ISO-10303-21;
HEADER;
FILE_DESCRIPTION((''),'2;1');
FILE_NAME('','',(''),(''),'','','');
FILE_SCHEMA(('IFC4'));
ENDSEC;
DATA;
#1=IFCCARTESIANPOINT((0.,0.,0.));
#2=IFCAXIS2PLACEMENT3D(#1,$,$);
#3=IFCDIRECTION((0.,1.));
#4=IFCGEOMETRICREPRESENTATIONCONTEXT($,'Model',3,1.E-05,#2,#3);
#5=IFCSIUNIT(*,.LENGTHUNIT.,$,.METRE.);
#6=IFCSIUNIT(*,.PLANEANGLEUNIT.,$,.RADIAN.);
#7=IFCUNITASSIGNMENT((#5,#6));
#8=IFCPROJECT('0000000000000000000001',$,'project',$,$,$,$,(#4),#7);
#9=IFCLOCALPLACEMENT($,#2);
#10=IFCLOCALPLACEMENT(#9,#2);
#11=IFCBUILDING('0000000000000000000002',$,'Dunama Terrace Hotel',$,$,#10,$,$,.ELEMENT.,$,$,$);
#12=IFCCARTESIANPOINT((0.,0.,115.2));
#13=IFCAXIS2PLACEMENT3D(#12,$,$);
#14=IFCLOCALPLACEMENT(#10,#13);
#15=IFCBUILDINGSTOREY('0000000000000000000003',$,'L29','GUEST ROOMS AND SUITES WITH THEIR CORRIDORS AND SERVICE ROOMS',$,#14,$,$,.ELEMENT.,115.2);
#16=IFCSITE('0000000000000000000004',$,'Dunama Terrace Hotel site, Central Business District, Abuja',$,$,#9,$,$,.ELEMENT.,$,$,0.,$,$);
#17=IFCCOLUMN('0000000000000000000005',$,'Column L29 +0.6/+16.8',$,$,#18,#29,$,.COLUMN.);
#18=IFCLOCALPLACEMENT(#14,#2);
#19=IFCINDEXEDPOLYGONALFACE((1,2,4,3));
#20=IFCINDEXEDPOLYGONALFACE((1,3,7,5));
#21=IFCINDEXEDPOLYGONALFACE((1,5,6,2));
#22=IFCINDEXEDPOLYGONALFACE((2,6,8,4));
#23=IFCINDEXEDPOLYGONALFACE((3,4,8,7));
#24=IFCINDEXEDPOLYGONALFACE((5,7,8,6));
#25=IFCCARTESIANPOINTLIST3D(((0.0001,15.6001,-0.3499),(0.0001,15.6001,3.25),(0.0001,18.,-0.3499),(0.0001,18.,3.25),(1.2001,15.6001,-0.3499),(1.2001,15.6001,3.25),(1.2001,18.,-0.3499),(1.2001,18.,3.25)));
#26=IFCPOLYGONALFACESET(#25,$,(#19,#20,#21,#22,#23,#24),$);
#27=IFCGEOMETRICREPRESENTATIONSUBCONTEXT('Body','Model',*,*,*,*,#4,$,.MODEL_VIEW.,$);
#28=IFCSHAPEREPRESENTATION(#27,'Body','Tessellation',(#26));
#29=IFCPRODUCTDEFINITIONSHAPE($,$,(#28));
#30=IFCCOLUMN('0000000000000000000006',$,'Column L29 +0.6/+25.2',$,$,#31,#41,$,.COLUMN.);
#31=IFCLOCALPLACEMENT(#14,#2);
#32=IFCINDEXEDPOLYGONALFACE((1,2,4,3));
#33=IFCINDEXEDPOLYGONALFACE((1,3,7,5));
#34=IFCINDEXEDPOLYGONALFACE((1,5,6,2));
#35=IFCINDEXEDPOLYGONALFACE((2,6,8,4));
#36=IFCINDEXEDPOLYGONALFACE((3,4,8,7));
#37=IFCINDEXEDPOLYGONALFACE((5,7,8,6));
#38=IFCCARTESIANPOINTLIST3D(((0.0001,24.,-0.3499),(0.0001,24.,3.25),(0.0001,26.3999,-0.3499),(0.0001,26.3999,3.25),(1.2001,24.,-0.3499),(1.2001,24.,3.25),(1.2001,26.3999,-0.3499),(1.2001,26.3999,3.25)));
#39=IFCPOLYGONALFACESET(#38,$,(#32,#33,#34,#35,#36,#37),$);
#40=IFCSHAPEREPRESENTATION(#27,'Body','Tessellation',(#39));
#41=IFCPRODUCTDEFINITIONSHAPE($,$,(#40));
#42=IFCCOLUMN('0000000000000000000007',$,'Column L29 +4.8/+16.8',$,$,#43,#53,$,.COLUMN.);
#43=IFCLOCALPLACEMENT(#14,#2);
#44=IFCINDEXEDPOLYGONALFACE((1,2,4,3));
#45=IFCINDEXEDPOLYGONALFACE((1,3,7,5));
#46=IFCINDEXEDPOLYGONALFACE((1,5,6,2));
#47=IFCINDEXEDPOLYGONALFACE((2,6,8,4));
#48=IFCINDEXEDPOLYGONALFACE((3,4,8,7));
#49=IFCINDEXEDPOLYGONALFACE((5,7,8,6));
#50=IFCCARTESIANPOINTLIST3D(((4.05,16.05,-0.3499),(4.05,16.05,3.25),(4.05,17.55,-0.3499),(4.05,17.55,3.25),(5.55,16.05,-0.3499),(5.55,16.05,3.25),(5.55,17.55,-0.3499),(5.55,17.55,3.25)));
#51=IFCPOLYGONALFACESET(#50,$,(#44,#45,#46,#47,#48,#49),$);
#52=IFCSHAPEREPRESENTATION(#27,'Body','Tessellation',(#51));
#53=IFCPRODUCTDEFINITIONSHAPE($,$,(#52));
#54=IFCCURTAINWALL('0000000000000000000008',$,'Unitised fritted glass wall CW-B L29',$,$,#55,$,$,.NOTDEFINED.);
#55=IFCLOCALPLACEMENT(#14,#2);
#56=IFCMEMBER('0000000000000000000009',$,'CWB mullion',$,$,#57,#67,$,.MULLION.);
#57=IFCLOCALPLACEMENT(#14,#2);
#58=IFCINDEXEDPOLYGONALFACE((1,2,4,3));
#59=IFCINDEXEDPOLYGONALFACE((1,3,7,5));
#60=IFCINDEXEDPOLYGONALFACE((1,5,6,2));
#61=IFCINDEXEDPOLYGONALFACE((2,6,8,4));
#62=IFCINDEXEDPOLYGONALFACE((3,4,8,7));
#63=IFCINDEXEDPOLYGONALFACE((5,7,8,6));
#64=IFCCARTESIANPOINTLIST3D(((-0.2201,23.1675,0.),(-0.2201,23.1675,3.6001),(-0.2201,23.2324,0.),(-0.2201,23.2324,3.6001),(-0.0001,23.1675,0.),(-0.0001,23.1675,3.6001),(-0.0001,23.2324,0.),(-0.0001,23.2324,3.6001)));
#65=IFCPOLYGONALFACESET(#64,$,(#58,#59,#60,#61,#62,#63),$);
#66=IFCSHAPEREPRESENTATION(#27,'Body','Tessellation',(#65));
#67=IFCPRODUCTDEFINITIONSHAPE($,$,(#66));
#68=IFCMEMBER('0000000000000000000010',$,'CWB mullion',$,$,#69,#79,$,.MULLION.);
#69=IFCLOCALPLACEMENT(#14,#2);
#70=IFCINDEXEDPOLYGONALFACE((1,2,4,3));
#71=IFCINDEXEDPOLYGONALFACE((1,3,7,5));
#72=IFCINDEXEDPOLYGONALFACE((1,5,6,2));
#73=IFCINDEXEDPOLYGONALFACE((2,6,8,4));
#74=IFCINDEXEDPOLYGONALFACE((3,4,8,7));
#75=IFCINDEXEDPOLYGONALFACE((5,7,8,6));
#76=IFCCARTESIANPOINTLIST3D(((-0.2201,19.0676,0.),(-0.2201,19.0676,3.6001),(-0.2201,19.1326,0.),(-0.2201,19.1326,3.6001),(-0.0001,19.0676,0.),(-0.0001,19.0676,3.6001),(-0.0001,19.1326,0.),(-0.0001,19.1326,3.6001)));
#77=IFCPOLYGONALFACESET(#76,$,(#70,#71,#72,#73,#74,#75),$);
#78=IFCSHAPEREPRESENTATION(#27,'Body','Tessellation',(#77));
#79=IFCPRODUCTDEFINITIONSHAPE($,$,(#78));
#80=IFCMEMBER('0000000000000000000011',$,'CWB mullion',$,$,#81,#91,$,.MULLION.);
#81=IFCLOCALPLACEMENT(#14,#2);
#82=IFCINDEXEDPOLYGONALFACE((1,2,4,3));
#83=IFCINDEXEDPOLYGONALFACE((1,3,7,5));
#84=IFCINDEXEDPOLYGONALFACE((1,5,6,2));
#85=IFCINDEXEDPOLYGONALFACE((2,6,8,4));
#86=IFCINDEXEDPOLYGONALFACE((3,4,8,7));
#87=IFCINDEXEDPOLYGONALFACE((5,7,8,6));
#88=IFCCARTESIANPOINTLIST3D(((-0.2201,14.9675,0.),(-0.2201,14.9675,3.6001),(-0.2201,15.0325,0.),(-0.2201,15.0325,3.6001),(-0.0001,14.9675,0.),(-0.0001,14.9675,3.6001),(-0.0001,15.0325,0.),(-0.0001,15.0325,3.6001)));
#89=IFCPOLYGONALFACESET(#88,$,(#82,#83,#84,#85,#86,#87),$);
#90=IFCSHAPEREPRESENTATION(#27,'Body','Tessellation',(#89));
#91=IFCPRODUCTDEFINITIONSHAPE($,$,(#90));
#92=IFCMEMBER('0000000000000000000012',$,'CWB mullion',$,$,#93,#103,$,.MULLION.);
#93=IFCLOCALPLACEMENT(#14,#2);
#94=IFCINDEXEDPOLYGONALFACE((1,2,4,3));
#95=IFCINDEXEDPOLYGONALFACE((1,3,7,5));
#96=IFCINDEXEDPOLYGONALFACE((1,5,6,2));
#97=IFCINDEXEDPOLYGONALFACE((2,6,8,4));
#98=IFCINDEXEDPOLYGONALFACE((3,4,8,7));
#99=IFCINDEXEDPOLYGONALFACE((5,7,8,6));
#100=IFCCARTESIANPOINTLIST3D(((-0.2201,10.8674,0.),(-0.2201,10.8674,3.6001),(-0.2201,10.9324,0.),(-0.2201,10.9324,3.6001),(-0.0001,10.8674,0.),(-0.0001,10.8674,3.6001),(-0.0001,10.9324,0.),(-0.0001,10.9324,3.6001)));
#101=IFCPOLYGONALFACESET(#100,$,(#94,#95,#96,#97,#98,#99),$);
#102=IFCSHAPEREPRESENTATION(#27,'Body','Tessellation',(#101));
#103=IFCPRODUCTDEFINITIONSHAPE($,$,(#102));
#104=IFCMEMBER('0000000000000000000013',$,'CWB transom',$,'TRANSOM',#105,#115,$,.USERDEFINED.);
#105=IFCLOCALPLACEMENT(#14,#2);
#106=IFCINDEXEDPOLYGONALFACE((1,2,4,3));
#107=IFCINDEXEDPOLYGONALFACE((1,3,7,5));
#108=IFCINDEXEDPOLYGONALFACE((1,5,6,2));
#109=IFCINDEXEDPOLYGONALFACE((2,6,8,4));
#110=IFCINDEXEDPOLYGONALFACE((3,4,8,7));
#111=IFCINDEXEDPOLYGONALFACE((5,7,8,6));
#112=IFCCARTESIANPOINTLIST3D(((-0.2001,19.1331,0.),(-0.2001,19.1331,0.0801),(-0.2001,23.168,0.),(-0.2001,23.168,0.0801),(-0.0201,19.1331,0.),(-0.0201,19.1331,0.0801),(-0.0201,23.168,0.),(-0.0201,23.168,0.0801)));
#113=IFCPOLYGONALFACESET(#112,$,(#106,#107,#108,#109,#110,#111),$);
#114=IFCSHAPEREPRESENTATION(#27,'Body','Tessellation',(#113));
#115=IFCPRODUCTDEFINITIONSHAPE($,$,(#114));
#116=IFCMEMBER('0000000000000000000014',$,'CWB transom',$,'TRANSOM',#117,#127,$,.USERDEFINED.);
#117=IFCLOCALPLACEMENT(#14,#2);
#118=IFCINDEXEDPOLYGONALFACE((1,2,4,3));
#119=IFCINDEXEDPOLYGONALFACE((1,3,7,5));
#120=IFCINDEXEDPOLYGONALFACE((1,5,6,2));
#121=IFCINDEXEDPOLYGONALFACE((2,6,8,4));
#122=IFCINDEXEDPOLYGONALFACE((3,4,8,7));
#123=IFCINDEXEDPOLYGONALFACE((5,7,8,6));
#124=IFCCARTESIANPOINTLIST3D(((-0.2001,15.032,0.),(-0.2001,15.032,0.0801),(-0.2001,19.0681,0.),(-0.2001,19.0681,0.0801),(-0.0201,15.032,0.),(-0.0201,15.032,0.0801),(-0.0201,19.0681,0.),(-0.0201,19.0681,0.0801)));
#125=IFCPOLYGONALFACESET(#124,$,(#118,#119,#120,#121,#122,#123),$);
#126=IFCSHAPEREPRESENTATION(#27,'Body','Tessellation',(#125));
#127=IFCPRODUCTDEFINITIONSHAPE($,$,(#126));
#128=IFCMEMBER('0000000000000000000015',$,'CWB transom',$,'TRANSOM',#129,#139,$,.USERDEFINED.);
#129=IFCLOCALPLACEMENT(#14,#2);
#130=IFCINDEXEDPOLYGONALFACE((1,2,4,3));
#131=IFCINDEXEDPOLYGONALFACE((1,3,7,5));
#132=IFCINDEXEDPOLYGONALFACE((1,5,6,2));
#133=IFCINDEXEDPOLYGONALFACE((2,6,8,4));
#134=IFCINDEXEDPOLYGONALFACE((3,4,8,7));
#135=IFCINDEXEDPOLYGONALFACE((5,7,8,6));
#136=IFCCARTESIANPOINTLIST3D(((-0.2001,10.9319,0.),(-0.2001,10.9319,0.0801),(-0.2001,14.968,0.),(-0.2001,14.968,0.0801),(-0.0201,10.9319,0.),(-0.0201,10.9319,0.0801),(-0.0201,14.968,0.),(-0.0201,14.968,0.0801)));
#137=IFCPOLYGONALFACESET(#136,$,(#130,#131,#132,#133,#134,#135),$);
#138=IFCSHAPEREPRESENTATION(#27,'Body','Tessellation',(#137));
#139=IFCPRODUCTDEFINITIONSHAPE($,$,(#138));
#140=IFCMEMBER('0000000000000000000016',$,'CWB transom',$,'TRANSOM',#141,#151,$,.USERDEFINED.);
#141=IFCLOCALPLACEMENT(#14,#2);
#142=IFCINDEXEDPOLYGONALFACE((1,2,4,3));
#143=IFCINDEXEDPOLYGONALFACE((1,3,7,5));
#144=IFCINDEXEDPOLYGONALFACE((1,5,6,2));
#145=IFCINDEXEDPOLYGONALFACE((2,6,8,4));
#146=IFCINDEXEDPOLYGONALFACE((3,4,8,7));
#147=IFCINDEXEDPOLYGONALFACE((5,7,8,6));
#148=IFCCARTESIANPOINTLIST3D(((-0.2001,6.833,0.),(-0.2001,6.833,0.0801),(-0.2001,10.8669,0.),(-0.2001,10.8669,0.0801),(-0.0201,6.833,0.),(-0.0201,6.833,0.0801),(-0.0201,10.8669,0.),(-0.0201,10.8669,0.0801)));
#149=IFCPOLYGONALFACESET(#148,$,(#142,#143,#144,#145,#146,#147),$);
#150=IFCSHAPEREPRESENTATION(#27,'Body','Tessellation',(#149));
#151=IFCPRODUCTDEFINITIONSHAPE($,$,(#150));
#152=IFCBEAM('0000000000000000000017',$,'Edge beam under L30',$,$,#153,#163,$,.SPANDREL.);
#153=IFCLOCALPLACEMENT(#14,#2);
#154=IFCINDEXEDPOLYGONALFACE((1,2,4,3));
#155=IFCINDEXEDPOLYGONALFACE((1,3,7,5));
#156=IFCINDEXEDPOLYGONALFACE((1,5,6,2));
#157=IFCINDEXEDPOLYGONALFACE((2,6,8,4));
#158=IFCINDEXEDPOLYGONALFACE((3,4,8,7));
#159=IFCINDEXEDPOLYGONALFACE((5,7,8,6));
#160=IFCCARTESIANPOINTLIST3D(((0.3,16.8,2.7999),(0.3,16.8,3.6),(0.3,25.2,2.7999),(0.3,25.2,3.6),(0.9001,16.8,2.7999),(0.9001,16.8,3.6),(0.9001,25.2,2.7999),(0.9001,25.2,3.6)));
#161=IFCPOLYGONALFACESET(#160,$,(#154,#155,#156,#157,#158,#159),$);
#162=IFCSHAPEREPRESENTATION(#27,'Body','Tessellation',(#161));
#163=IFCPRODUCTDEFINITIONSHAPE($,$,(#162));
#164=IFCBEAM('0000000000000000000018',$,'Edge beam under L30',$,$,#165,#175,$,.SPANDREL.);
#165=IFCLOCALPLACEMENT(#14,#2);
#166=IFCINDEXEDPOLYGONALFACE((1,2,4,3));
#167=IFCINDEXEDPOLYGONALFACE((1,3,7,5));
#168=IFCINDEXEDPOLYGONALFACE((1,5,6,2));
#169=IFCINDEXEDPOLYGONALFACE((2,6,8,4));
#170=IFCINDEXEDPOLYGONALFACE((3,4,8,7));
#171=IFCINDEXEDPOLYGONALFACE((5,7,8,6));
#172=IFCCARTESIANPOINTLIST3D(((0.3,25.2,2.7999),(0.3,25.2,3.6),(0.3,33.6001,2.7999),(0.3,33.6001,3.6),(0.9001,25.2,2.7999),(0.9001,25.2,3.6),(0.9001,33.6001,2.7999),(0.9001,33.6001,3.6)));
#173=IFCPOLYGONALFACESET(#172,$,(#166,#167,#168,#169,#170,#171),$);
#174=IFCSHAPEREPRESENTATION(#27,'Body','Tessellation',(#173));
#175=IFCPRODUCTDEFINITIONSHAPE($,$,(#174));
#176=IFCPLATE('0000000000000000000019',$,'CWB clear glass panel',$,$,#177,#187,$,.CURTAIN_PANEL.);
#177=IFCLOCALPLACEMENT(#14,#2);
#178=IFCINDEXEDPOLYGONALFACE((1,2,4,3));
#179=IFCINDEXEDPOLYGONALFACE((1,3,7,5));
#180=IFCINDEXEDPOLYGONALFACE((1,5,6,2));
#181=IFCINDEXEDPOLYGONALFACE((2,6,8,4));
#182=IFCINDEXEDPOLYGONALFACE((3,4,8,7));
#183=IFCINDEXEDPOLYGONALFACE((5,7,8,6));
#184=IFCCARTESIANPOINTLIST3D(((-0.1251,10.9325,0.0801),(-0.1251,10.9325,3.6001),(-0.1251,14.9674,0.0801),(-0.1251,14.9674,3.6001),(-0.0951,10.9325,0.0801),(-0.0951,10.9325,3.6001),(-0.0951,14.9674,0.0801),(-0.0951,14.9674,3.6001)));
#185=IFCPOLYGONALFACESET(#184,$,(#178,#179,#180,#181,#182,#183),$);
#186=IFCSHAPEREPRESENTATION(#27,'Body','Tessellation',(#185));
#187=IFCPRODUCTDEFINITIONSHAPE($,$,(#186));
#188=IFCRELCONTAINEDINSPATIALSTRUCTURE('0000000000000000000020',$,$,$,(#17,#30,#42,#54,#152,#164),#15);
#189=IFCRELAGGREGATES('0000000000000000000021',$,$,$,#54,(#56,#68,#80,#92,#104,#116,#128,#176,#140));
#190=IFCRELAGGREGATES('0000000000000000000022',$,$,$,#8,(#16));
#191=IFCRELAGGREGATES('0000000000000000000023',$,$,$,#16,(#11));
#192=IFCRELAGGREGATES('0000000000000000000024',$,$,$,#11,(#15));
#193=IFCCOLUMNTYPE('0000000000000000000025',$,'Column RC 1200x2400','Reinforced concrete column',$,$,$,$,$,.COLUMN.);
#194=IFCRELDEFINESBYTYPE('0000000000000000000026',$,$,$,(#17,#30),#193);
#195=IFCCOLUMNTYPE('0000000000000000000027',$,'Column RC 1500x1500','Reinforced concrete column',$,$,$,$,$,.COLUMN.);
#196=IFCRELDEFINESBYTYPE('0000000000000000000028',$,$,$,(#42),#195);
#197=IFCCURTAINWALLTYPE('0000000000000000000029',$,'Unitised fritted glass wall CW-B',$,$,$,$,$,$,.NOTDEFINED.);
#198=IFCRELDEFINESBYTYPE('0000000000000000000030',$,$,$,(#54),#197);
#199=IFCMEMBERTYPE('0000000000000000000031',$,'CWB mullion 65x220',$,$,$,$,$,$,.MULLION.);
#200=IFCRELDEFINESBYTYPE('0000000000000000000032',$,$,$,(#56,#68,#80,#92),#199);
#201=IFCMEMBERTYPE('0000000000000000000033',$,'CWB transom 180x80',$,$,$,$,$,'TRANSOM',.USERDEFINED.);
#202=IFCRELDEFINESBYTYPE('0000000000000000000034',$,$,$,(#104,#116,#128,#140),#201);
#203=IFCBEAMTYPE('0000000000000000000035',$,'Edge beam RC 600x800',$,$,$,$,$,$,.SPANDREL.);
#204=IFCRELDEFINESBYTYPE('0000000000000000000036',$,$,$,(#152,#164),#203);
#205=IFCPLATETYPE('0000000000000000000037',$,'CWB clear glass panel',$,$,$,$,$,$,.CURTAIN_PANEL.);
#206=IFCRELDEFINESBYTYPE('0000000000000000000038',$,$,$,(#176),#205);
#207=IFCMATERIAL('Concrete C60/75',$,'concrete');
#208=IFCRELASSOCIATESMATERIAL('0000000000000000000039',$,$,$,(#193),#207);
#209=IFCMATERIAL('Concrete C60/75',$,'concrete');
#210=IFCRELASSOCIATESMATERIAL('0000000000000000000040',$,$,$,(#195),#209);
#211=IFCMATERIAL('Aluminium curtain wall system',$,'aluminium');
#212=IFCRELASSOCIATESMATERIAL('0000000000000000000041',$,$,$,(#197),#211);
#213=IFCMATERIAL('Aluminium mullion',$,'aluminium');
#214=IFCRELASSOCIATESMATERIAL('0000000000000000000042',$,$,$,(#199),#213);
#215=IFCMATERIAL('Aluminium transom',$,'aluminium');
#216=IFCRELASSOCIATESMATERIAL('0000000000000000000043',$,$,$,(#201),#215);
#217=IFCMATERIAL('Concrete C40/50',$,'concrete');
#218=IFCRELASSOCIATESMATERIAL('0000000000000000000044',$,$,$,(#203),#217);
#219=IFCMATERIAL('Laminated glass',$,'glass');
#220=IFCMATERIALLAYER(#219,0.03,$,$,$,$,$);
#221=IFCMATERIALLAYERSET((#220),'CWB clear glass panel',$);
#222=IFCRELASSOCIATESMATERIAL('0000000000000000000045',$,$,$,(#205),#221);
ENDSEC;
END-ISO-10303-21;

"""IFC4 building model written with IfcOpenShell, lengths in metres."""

from ifc_helpers import new_model, si_unit, direction, frame, origin, origin_2d, place, context, subcontext, project, spatial, rectangle, extrude, material, layer, layer_set, material_profile, profile_set, type_object, element, aggregate, save


model = new_model("IFC4")

# Units and contexts
model_context = context("Model", 3, precision=1e-05, world=origin(), true_north=direction((0.0, 1.0)))
body_context = subcontext(model_context, "Body", "Model", "MODEL_VIEW")
ifc_project = project(units=[si_unit("LENGTHUNIT", "METRE"), si_unit("PLANEANGLEUNIT", "RADIAN")], contexts=[model_context])

# Site, building, storey
site_placement = place(None, origin())
site = spatial("IfcSite", under=ifc_project, at=site_placement, Name="Dunama Terrace Hotel site, Central Business District, Abuja", CompositionType="ELEMENT", RefElevation=0.0)
building_placement = place(site_placement, origin())
building = spatial("IfcBuilding", under=site, at=building_placement, Name="Dunama Terrace Hotel", CompositionType="ELEMENT")
storey_placement = place(building_placement, frame((0.0, 0.0, 115.2)))
storey = spatial("IfcBuildingStorey", under=building, at=storey_placement, Name="L29", Description="GUEST ROOMS AND SUITES WITH THEIR CORRIDORS AND SERVICE ROOMS", CompositionType="ELEMENT", Elevation=115.2)

# Columns
ifc_material_1 = material(Name="Concrete C60/75", Category="concrete")
ifc_material_profile_1 = material_profile(ifc_material_1, rectangle(XDim=1.2, YDim=2.3999, at=origin_2d()), Name="RC 1200x2400")
ifc_profile_set_1 = profile_set([ifc_material_profile_1], Name="Concrete C60/75")
column_type_1 = type_object("IfcColumnType", Name="Column RC 1200x2400", Description="Reinforced concrete column", PredefinedType="COLUMN", material=ifc_profile_set_1)
for number, where, z_axis, x_axis, name in (
    (1, (0.6001, 16.8, -0.3499), (0.0, 0.0, 1.0), (1.0, 0.0, 0.0), "Column L29 +0.6/+16.8"),
    (2, (0.6001, 25.2, -0.3499), (0.0, 0.0, 1.0), (1.0, 0.0, 0.0), "Column L29 +0.6/+25.2"),
):
    element("IfcColumn", number, at=place(storey_placement, frame(where, z_axis=z_axis, x_axis=x_axis)), inside=storey, type_object=column_type_1, Name=name, PredefinedType="COLUMN", context=body_context, shape_type="SweptSolid", body=[
        extrude(rectangle(XDim=1.2, YDim=2.3999, at=origin_2d()), origin(), (0.0, 0.0, 1.0), 3.5999),
    ])
ifc_material_2 = material(Name="Concrete C60/75", Category="concrete")
ifc_material_profile_2 = material_profile(ifc_material_2, rectangle(XDim=1.5, YDim=1.5, at=origin_2d()), Name="RC 1500x1500")
ifc_profile_set_2 = profile_set([ifc_material_profile_2], Name="Concrete C60/75")
column_type_2 = type_object("IfcColumnType", Name="Column RC 1500x1500", Description="Reinforced concrete column", PredefinedType="COLUMN", material=ifc_profile_set_2)
column_placement = place(storey_placement, frame((4.8, 16.8, -0.3499), z_axis=(0.0, 0.0, 1.0), x_axis=(1.0, 0.0, 0.0)))
element("IfcColumn", 3, at=column_placement, inside=storey, type_object=column_type_2, Name="Column L29 +4.8/+16.8", PredefinedType="COLUMN", context=body_context, shape_type="SweptSolid", body=[
    extrude(rectangle(XDim=1.5, YDim=1.5, at=origin_2d()), origin(), (0.0, 0.0, 1.0), 3.5999),
])

# Curtain wall, members
ifc_material_3 = material(Name="Aluminium curtain wall system", Category="aluminium")
curtain_wall_type = type_object("IfcCurtainWallType", Name="Unitised fritted glass wall CW-B", PredefinedType="NOTDEFINED", material=ifc_material_3)
curtain_wall_placement = place(storey_placement, origin())
curtain_wall = element("IfcCurtainWall", 4, at=curtain_wall_placement, inside=storey, type_object=curtain_wall_type, Name="Unitised fritted glass wall CW-B L29", PredefinedType="NOTDEFINED")
ifc_material_4 = material(Name="Aluminium mullion", Category="aluminium")
ifc_material_profile_3 = material_profile(ifc_material_4, rectangle(XDim=0.0649, YDim=0.22, at=origin_2d()), Name="CWB MULLION 65X220")
ifc_profile_set_3 = profile_set([ifc_material_profile_3], Name="Aluminium mullion")
member_type_1 = type_object("IfcMemberType", Name="CWB mullion 65x220", PredefinedType="MULLION", material=ifc_profile_set_3)
member_1_placement = place(storey_placement, frame((-0.1101, 23.2, 0.0), z_axis=(0.0, 0.0, 1.0), x_axis=(0.0, -1.0, 0.0)))
member_1 = element("IfcMember", 5, at=member_1_placement, type_object=member_type_1, Name="CWB mullion", PredefinedType="MULLION", context=body_context, shape_type="SweptSolid", body=[
    extrude(rectangle(XDim=0.0649, YDim=0.22, at=origin_2d()), origin(), (0.0, 0.0, 1.0), 3.6001),
])
member_2_placement = place(storey_placement, frame((-0.1101, 19.1001, 0.0), z_axis=(0.0, 0.0, 1.0), x_axis=(0.0, -1.0, 0.0)))
member_2 = element("IfcMember", 6, at=member_2_placement, type_object=member_type_1, Name="CWB mullion", PredefinedType="MULLION", context=body_context, shape_type="SweptSolid", body=[
    extrude(rectangle(XDim=0.0649, YDim=0.22, at=origin_2d()), origin(), (0.0, 0.0, 1.0), 3.6001),
])
member_3_placement = place(storey_placement, frame((-0.1101, 15.0, 0.0), z_axis=(0.0, 0.0, 1.0), x_axis=(0.0, -1.0, 0.0)))
member_3 = element("IfcMember", 7, at=member_3_placement, type_object=member_type_1, Name="CWB mullion", PredefinedType="MULLION", context=body_context, shape_type="SweptSolid", body=[
    extrude(rectangle(XDim=0.0649, YDim=0.22, at=origin_2d()), origin(), (0.0, 0.0, 1.0), 3.6001),
])
member_4_placement = place(storey_placement, frame((-0.1101, 10.8999, 0.0), z_axis=(0.0, 0.0, 1.0), x_axis=(0.0, -1.0, 0.0)))
member_4 = element("IfcMember", 8, at=member_4_placement, type_object=member_type_1, Name="CWB mullion", PredefinedType="MULLION", context=body_context, shape_type="SweptSolid", body=[
    extrude(rectangle(XDim=0.0649, YDim=0.22, at=origin_2d()), origin(), (0.0, 0.0, 1.0), 3.6001),
])
ifc_material_5 = material(Name="Aluminium transom", Category="aluminium")
ifc_material_profile_4 = material_profile(ifc_material_5, rectangle(XDim=0.1799, YDim=0.0801, at=origin_2d()), Name="CWB TRANSOM 180X80")
ifc_profile_set_4 = profile_set([ifc_material_profile_4], Name="Aluminium transom")
member_type_2 = type_object("IfcMemberType", Name="CWB transom 180x80", ElementType="TRANSOM", PredefinedType="USERDEFINED", material=ifc_profile_set_4)
member_5_placement = place(storey_placement, frame((-0.1101, 23.168, 0.04), z_axis=(0.0, -1.0, 0.0), x_axis=(1.0, 0.0, 0.0)))
member_5 = element("IfcMember", 9, at=member_5_placement, type_object=member_type_2, Name="CWB transom", ObjectType="TRANSOM", PredefinedType="USERDEFINED", context=body_context, shape_type="SweptSolid", body=[
    extrude(rectangle(XDim=0.1799, YDim=0.0801, at=origin_2d()), origin(), (0.0, 0.0, 1.0), 4.0349),
])
member_6_placement = place(storey_placement, frame((-0.1101, 19.0681, 0.04), z_axis=(0.0, -1.0, 0.0), x_axis=(1.0, 0.0, 0.0)))
member_6 = element("IfcMember", 10, at=member_6_placement, type_object=member_type_2, Name="CWB transom", ObjectType="TRANSOM", PredefinedType="USERDEFINED", context=body_context, shape_type="SweptSolid", body=[
    extrude(rectangle(XDim=0.1799, YDim=0.0801, at=origin_2d()), origin(), (0.0, 0.0, 1.0), 4.0361),
])
member_7_placement = place(storey_placement, frame((-0.1101, 14.968, 0.04), z_axis=(0.0, -1.0, 0.0), x_axis=(1.0, 0.0, 0.0)))
member_7 = element("IfcMember", 11, at=member_7_placement, type_object=member_type_2, Name="CWB transom", ObjectType="TRANSOM", PredefinedType="USERDEFINED", context=body_context, shape_type="SweptSolid", body=[
    extrude(rectangle(XDim=0.1799, YDim=0.0801, at=origin_2d()), origin(), (0.0, 0.0, 1.0), 4.0361),
])
member_8_placement = place(storey_placement, frame((-0.1101, 10.8669, 0.04), z_axis=(0.0, -1.0, 0.0), x_axis=(1.0, 0.0, 0.0)))
member_8 = element("IfcMember", 12, at=member_8_placement, type_object=member_type_2, Name="CWB transom", ObjectType="TRANSOM", PredefinedType="USERDEFINED", context=body_context, shape_type="SweptSolid", body=[
    extrude(rectangle(XDim=0.1799, YDim=0.0801, at=origin_2d()), origin(), (0.0, 0.0, 1.0), 4.0339),
])

# Beams
ifc_material_6 = material(Name="Concrete C40/50", Category="concrete")
ifc_material_profile_5 = material_profile(ifc_material_6, rectangle(XDim=0.6001, YDim=0.8, at=origin_2d()), Name="RC 600x800")
ifc_profile_set_5 = profile_set([ifc_material_profile_5], Name="Concrete C40/50")
beam_type = type_object("IfcBeamType", Name="Edge beam RC 600x800", PredefinedType="SPANDREL", material=ifc_profile_set_5)
beam_1_placement = place(storey_placement, frame((0.6001, 16.8, 3.2), z_axis=(0.0, 1.0, 0.0), x_axis=(-1.0, 0.0, 0.0)))
element("IfcBeam", 13, at=beam_1_placement, inside=storey, type_object=beam_type, Name="Edge beam under L30", PredefinedType="SPANDREL", context=body_context, shape_type="SweptSolid", body=[
    extrude(rectangle(XDim=0.6001, YDim=0.8, at=origin_2d()), origin(), (0.0, 0.0, 1.0), 8.3999),
])
beam_2_placement = place(storey_placement, frame((0.6001, 25.2, 3.2), z_axis=(0.0, 1.0, 0.0), x_axis=(-1.0, 0.0, 0.0)))
element("IfcBeam", 14, at=beam_2_placement, inside=storey, type_object=beam_type, Name="Edge beam under L30", PredefinedType="SPANDREL", context=body_context, shape_type="SweptSolid", body=[
    extrude(rectangle(XDim=0.6001, YDim=0.8, at=origin_2d()), origin(), (0.0, 0.0, 1.0), 8.4001),
])

# Plate
ifc_material_7 = material(Name="Laminated glass", Category="glass")
ifc_layer_1 = layer(ifc_material_7, 0.03)
ifc_layer_set_1 = layer_set([ifc_layer_1], Name="CWB clear glass panel")
plate_type_1 = type_object("IfcPlateType", Name="CWB clear glass panel", PredefinedType="CURTAIN_PANEL", material=ifc_layer_set_1)
plate_1_placement = place(storey_placement, frame((-0.1101, 12.95, 0.0801), z_axis=(0.0, 0.0, 1.0), x_axis=(0.0, -1.0, 0.0)))
plate_1 = element("IfcPlate", 15, at=plate_1_placement, type_object=plate_type_1, Name="CWB clear glass panel", PredefinedType="CURTAIN_PANEL", context=body_context, shape_type="SweptSolid", body=[
    extrude(rectangle(XDim=4.0349, YDim=0.03, at=origin_2d()), origin(), (0.0, 0.0, 1.0), 3.52),
])
aggregate(curtain_wall, [member_1, member_2, member_3, member_4, member_5, member_6, member_7, plate_1, member_8])

save(model, "model.ifc")
